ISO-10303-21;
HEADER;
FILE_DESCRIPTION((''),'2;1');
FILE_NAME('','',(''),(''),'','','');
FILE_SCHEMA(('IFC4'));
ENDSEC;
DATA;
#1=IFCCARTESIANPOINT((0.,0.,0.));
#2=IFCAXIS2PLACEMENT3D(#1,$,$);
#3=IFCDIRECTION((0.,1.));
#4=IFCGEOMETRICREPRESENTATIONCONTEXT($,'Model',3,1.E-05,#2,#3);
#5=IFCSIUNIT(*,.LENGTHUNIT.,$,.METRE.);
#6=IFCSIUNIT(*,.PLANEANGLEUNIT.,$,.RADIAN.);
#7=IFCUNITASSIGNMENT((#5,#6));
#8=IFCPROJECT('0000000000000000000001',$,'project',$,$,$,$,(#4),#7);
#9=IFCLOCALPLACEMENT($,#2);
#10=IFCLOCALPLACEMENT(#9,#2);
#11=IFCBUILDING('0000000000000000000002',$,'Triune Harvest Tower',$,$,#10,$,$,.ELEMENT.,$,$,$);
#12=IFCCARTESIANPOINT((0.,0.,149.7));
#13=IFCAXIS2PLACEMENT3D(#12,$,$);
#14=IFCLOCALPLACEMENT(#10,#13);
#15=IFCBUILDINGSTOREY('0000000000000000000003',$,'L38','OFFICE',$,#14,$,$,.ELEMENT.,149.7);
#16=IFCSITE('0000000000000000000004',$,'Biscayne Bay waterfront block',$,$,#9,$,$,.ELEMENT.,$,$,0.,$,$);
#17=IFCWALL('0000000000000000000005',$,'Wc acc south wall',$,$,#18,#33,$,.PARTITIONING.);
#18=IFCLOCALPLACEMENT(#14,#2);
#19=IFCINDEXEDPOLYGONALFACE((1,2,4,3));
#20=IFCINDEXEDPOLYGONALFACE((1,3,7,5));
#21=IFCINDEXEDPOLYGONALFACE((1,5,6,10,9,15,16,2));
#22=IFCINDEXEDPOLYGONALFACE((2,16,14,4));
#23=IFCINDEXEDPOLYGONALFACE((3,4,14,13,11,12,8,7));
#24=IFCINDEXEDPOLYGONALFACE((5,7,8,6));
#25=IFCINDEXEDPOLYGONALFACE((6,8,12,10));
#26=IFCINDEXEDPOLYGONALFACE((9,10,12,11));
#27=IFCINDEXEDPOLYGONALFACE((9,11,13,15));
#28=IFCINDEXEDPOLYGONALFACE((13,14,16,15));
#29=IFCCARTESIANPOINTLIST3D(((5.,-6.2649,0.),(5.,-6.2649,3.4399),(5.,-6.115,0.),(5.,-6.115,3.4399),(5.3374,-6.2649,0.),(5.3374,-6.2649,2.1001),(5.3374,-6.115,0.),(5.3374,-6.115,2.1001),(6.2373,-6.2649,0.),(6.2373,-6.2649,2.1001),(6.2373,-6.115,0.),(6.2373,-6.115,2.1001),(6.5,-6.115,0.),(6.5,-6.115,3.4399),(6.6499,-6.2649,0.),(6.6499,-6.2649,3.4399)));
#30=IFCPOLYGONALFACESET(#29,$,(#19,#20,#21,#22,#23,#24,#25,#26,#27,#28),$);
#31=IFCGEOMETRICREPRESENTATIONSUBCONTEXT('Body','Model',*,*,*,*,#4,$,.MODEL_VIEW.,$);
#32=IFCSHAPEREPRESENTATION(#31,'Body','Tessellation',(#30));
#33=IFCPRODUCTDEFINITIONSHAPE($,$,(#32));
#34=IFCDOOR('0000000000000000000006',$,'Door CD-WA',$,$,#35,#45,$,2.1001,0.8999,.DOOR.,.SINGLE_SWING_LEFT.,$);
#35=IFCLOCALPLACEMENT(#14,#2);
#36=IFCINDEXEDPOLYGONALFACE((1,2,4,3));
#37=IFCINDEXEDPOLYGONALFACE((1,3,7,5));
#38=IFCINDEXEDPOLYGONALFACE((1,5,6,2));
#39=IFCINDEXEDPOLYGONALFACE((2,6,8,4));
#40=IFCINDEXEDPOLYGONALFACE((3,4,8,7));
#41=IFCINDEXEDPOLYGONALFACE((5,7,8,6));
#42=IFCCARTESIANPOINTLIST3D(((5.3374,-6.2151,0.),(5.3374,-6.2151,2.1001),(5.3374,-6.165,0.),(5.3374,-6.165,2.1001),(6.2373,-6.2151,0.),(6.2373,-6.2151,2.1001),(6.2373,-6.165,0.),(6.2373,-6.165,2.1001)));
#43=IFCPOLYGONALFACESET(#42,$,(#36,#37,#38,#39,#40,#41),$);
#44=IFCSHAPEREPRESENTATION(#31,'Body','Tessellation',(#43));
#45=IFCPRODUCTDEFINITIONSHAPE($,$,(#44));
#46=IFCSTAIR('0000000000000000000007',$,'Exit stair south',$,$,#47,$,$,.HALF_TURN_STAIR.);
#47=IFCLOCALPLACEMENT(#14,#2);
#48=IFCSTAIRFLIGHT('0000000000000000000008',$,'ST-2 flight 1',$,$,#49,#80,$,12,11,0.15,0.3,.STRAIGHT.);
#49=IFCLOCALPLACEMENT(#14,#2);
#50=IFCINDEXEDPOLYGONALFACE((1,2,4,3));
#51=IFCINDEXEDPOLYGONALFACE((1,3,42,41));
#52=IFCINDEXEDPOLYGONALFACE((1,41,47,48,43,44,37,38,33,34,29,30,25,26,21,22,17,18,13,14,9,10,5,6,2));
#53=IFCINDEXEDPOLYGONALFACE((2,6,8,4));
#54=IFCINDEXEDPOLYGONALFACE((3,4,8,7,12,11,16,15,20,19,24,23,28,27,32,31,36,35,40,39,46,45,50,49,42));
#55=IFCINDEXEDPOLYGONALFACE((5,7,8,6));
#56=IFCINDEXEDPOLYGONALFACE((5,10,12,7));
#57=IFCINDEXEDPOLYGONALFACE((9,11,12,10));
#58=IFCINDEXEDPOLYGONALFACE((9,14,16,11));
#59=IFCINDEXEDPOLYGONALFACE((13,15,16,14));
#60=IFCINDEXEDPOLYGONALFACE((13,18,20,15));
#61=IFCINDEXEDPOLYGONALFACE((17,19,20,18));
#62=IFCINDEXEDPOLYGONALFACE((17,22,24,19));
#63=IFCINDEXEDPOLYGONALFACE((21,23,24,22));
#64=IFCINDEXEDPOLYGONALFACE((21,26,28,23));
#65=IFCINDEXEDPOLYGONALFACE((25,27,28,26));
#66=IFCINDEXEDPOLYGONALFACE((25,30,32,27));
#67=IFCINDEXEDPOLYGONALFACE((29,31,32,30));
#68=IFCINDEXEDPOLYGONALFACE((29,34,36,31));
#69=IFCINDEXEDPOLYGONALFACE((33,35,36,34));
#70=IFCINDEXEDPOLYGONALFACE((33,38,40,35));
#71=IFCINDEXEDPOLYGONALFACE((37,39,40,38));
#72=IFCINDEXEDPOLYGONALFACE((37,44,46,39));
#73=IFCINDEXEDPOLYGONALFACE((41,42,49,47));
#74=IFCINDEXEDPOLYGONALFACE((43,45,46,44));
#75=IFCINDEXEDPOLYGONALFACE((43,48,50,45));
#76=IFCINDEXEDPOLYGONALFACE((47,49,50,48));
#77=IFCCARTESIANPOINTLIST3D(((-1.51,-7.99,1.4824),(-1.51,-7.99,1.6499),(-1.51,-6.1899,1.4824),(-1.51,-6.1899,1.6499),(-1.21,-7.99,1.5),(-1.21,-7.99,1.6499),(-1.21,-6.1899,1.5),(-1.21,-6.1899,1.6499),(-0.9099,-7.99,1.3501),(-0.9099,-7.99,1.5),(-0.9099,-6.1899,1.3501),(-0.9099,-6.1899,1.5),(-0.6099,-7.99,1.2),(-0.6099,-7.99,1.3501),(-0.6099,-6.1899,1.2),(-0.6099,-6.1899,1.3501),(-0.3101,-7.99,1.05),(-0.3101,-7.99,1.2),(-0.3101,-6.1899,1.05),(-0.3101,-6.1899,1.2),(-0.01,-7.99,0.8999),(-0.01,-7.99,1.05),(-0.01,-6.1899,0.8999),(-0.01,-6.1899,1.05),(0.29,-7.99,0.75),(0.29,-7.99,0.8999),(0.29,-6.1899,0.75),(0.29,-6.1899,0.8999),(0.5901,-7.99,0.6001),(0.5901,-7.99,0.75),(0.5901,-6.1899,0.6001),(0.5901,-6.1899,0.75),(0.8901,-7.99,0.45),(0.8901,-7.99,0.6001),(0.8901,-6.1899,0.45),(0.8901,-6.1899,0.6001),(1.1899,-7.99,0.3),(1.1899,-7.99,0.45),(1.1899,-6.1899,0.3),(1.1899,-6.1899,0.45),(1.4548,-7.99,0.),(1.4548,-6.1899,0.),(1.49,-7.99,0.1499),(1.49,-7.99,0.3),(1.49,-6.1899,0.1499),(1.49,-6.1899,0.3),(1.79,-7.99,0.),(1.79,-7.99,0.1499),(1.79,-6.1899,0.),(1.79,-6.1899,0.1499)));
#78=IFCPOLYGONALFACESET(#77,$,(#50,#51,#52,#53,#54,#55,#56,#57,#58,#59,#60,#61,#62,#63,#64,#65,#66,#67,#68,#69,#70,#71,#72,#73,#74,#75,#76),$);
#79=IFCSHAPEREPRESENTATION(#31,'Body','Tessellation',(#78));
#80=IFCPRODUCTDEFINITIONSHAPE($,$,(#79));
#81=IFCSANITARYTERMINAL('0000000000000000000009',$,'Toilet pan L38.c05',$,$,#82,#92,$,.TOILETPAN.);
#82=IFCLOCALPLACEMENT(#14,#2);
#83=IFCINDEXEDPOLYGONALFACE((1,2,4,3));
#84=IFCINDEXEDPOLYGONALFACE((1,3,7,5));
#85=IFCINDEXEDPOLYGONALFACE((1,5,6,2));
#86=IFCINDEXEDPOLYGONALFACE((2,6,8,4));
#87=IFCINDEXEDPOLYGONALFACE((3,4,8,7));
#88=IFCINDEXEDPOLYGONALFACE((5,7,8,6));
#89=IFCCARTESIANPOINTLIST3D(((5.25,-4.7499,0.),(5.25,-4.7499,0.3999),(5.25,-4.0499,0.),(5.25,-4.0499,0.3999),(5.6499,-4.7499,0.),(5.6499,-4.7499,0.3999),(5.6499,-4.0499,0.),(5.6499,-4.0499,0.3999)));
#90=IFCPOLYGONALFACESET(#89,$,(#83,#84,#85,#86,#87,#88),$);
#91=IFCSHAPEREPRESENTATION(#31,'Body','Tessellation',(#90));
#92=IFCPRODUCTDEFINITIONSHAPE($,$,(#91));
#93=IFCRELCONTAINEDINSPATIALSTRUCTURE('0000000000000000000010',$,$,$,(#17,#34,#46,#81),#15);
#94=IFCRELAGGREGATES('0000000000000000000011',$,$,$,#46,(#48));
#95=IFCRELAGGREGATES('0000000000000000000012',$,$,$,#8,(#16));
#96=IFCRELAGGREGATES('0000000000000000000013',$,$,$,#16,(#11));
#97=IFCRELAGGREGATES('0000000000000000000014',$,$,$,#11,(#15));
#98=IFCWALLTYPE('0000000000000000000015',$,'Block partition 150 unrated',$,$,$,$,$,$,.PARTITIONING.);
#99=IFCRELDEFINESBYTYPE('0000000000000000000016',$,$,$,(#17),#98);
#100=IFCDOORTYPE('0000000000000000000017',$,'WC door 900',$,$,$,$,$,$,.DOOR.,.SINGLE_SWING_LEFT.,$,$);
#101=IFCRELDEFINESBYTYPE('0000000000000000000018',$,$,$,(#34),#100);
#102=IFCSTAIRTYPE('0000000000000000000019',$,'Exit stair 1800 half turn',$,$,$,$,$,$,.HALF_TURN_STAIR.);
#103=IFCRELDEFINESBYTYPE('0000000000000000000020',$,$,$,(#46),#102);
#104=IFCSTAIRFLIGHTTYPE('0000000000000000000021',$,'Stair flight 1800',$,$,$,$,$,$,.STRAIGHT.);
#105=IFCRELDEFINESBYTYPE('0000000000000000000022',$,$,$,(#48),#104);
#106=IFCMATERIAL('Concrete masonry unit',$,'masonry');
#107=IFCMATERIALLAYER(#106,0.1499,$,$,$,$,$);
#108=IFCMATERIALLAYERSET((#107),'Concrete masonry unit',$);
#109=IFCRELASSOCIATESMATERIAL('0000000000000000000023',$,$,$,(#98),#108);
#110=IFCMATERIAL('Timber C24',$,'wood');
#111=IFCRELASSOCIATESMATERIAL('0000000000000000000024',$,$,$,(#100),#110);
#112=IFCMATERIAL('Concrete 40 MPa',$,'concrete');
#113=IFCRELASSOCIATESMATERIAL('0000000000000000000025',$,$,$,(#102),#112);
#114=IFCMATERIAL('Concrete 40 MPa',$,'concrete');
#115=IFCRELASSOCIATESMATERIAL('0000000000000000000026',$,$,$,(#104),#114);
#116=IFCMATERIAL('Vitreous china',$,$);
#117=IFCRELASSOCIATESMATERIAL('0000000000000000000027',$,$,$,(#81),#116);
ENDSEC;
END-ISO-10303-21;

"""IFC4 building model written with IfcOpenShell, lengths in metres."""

from ifc_helpers import new_model, si_unit, direction, frame, frame_2d, origin, origin_2d, place, context, subcontext, project, spatial, polyline, rectangle, outline, extrude, source, transform, mapped, material, layer, layer_set, type_object, element, fill, aggregate, save


model = new_model("IFC4")

# Units and contexts
model_context = context("Model", 3, precision=1e-05, world=origin(), true_north=direction((0.0, 1.0)))
body_context = subcontext(model_context, "Body", "Model", "MODEL_VIEW")
ifc_project = project(units=[si_unit("LENGTHUNIT", "METRE"), si_unit("PLANEANGLEUNIT", "RADIAN")], contexts=[model_context])

# Site, building, storey
site_placement = place(None, origin())
site = spatial("IfcSite", under=ifc_project, at=site_placement, Name="Biscayne Bay waterfront block", CompositionType="ELEMENT", RefElevation=0.0)
building_placement = place(site_placement, origin())
building = spatial("IfcBuilding", under=site, at=building_placement, Name="Triune Harvest Tower", CompositionType="ELEMENT")
storey_placement = place(building_placement, frame((0.0, 0.0, 149.7)))
storey = spatial("IfcBuildingStorey", under=building, at=storey_placement, Name="L38", Description="OFFICE", CompositionType="ELEMENT", Elevation=149.7)

# Wall, opening, door
ifc_material_1 = material(Name="Concrete masonry unit", Category="masonry")
ifc_layer_1 = layer(ifc_material_1, 0.1499)
ifc_layer_set_1 = layer_set([ifc_layer_1], Name="Concrete masonry unit")
wall_type_1 = type_object("IfcWallType", Name="Block partition 150 unrated", PredefinedType="PARTITIONING", material=ifc_layer_set_1)
shared_shape_1 = source(origin(), body_context, "Body", "SweptSolid", [
    extrude(outline(polyline([(0.0, -0.075), (1.6499, -0.075), (1.5, 0.075), (0.0, 0.075), (0.0, -0.075)])), origin(), (0.0, 0.0, 1.0), 3.4399),
])
wall_1_placement = place(storey_placement, frame((5.0, -6.1899, 0.0), z_axis=(0.0, 0.0, 1.0), x_axis=(1.0, 0.0, 0.0)))
wall_1 = element("IfcWall", 1, at=wall_1_placement, inside=storey, type_object=wall_type_1, Name="Wc acc south wall", PredefinedType="PARTITIONING", context=body_context, shape_type="MappedRepresentation", body=[
    mapped(shared_shape_1, transform((0.0, 0.0, 0.0), scale=1.0)),
])
opening_1_placement = place(wall_1_placement, frame((0.3374, 0.0, 0.0)))
opening_1 = element("IfcOpeningElement", 2, at=opening_1_placement, cuts=wall_1, PredefinedType="OPENING", context=body_context, shape_type="SweptSolid", body=[
    extrude(rectangle(XDim=0.8999, YDim=2.1001, at=frame_2d((0.45, 1.05))), frame((0.0, 0.085, 0.0), z_axis=(0.0, -1.0, 0.0), x_axis=(1.0, 0.0, 0.0)), (0.0, 0.0, 1.0), 0.1699),
])
ifc_material_2 = material(Name="Timber C24", Category="wood")
door_type_1 = type_object("IfcDoorType", Name="WC door 900", OperationType="SINGLE_SWING_LEFT", PredefinedType="DOOR", material=ifc_material_2)
door_1_placement = place(opening_1_placement, origin())
door_1 = element("IfcDoor", 3, at=door_1_placement, inside=storey, type_object=door_type_1, Name="Door CD-WA", OperationType="SINGLE_SWING_LEFT", OverallHeight=2.1001, OverallWidth=0.8999, PredefinedType="DOOR", context=body_context, shape_type="SweptSolid", body=[
    extrude(rectangle(XDim=0.8999, YDim=2.1001, at=frame_2d((0.45, 1.05))), frame((0.0, 0.0249, 0.0), z_axis=(0.0, -1.0, 0.0), x_axis=(1.0, 0.0, 0.0)), (0.0, 0.0, 1.0), 0.05),
])
fill(opening_1, door_1)

# Stair, stair flight
ifc_material_3 = material(Name="Concrete 40 MPa", Category="concrete")
stair_type = type_object("IfcStairType", Name="Exit stair 1800 half turn", PredefinedType="HALF_TURN_STAIR", material=ifc_material_3)
stair_placement = place(storey_placement, origin())
stair = element("IfcStair", 4, at=stair_placement, inside=storey, type_object=stair_type, Name="Exit stair south", PredefinedType="HALF_TURN_STAIR")
ifc_material_4 = material(Name="Concrete 40 MPa", Category="concrete")
stair_flight_type = type_object("IfcStairFlightType", Name="Stair flight 1800", PredefinedType="STRAIGHT", material=ifc_material_4)
shared_shape_2 = source(origin(), body_context, "Body", "SweptSolid", [
    extrude(outline(polyline([(0.0, 0.0), (0.0, 0.1499), (0.3, 0.1499), (0.3, 0.3), (0.6001, 0.3), (0.6001, 0.45), (0.8999, 0.45), (0.8999, 0.6001), (1.2, 0.6001), (1.2, 0.75), (1.5, 0.75), (1.5, 0.8999), (1.8, 0.8999), (1.8, 1.05), (2.1001, 1.05), (2.1001, 1.2), (2.3999, 1.2), (2.3999, 1.3501), (2.7, 1.3501), (2.7, 1.5), (3.0, 1.5), (3.0, 1.6499), (3.3, 1.6499), (3.3, 1.8), (3.3, 1.4824), (0.3352, 0.0), (0.0, 0.0)])), frame((0.0, 0.8999, 0.0), z_axis=(0.0, -1.0, 0.0), x_axis=(1.0, 0.0, 0.0)), (0.0, 0.0, 1.0), 1.8),
])
stair_flight_placement = place(storey_placement, frame((1.79, -7.0901, 0.0), z_axis=(0.0, 0.0, 1.0), x_axis=(-1.0, 0.0, 0.0)))
stair_flight = element("IfcStairFlight", 5, at=stair_flight_placement, type_object=stair_flight_type, Name="ST-2 flight 1", NumberOfRisers=12, NumberOfTreads=11, PredefinedType="STRAIGHT", RiserHeight=0.15, TreadLength=0.3, context=body_context, shape_type="MappedRepresentation", body=[
    mapped(shared_shape_2, transform((0.0, 0.0, 0.0), scale=1.0)),
])
aggregate(stair, [stair_flight])

# Sanitary terminal
ifc_material_5 = material(Name="Vitreous china")
shared_shape_3 = source(origin(), body_context, "Body", "SweptSolid", [
    extrude(rectangle(XDim=0.3999, YDim=0.7, at=origin_2d()), origin(), (0.0, 0.0, 1.0), 0.3999),
])
sanitary_terminal_placement = place(storey_placement, frame((5.45, -4.3999, 0.0), z_axis=(0.0, 0.0, 1.0), x_axis=(1.0, 0.0, 0.0)))
element("IfcSanitaryTerminal", 6, at=sanitary_terminal_placement, inside=storey, material=ifc_material_5, Name="Toilet pan L38.c05", PredefinedType="TOILETPAN", context=body_context, shape_type="MappedRepresentation", body=[
    mapped(shared_shape_3, transform((0.0, 0.0, 0.0), scale=1.0)),
])

save(model, "model.ifc")
